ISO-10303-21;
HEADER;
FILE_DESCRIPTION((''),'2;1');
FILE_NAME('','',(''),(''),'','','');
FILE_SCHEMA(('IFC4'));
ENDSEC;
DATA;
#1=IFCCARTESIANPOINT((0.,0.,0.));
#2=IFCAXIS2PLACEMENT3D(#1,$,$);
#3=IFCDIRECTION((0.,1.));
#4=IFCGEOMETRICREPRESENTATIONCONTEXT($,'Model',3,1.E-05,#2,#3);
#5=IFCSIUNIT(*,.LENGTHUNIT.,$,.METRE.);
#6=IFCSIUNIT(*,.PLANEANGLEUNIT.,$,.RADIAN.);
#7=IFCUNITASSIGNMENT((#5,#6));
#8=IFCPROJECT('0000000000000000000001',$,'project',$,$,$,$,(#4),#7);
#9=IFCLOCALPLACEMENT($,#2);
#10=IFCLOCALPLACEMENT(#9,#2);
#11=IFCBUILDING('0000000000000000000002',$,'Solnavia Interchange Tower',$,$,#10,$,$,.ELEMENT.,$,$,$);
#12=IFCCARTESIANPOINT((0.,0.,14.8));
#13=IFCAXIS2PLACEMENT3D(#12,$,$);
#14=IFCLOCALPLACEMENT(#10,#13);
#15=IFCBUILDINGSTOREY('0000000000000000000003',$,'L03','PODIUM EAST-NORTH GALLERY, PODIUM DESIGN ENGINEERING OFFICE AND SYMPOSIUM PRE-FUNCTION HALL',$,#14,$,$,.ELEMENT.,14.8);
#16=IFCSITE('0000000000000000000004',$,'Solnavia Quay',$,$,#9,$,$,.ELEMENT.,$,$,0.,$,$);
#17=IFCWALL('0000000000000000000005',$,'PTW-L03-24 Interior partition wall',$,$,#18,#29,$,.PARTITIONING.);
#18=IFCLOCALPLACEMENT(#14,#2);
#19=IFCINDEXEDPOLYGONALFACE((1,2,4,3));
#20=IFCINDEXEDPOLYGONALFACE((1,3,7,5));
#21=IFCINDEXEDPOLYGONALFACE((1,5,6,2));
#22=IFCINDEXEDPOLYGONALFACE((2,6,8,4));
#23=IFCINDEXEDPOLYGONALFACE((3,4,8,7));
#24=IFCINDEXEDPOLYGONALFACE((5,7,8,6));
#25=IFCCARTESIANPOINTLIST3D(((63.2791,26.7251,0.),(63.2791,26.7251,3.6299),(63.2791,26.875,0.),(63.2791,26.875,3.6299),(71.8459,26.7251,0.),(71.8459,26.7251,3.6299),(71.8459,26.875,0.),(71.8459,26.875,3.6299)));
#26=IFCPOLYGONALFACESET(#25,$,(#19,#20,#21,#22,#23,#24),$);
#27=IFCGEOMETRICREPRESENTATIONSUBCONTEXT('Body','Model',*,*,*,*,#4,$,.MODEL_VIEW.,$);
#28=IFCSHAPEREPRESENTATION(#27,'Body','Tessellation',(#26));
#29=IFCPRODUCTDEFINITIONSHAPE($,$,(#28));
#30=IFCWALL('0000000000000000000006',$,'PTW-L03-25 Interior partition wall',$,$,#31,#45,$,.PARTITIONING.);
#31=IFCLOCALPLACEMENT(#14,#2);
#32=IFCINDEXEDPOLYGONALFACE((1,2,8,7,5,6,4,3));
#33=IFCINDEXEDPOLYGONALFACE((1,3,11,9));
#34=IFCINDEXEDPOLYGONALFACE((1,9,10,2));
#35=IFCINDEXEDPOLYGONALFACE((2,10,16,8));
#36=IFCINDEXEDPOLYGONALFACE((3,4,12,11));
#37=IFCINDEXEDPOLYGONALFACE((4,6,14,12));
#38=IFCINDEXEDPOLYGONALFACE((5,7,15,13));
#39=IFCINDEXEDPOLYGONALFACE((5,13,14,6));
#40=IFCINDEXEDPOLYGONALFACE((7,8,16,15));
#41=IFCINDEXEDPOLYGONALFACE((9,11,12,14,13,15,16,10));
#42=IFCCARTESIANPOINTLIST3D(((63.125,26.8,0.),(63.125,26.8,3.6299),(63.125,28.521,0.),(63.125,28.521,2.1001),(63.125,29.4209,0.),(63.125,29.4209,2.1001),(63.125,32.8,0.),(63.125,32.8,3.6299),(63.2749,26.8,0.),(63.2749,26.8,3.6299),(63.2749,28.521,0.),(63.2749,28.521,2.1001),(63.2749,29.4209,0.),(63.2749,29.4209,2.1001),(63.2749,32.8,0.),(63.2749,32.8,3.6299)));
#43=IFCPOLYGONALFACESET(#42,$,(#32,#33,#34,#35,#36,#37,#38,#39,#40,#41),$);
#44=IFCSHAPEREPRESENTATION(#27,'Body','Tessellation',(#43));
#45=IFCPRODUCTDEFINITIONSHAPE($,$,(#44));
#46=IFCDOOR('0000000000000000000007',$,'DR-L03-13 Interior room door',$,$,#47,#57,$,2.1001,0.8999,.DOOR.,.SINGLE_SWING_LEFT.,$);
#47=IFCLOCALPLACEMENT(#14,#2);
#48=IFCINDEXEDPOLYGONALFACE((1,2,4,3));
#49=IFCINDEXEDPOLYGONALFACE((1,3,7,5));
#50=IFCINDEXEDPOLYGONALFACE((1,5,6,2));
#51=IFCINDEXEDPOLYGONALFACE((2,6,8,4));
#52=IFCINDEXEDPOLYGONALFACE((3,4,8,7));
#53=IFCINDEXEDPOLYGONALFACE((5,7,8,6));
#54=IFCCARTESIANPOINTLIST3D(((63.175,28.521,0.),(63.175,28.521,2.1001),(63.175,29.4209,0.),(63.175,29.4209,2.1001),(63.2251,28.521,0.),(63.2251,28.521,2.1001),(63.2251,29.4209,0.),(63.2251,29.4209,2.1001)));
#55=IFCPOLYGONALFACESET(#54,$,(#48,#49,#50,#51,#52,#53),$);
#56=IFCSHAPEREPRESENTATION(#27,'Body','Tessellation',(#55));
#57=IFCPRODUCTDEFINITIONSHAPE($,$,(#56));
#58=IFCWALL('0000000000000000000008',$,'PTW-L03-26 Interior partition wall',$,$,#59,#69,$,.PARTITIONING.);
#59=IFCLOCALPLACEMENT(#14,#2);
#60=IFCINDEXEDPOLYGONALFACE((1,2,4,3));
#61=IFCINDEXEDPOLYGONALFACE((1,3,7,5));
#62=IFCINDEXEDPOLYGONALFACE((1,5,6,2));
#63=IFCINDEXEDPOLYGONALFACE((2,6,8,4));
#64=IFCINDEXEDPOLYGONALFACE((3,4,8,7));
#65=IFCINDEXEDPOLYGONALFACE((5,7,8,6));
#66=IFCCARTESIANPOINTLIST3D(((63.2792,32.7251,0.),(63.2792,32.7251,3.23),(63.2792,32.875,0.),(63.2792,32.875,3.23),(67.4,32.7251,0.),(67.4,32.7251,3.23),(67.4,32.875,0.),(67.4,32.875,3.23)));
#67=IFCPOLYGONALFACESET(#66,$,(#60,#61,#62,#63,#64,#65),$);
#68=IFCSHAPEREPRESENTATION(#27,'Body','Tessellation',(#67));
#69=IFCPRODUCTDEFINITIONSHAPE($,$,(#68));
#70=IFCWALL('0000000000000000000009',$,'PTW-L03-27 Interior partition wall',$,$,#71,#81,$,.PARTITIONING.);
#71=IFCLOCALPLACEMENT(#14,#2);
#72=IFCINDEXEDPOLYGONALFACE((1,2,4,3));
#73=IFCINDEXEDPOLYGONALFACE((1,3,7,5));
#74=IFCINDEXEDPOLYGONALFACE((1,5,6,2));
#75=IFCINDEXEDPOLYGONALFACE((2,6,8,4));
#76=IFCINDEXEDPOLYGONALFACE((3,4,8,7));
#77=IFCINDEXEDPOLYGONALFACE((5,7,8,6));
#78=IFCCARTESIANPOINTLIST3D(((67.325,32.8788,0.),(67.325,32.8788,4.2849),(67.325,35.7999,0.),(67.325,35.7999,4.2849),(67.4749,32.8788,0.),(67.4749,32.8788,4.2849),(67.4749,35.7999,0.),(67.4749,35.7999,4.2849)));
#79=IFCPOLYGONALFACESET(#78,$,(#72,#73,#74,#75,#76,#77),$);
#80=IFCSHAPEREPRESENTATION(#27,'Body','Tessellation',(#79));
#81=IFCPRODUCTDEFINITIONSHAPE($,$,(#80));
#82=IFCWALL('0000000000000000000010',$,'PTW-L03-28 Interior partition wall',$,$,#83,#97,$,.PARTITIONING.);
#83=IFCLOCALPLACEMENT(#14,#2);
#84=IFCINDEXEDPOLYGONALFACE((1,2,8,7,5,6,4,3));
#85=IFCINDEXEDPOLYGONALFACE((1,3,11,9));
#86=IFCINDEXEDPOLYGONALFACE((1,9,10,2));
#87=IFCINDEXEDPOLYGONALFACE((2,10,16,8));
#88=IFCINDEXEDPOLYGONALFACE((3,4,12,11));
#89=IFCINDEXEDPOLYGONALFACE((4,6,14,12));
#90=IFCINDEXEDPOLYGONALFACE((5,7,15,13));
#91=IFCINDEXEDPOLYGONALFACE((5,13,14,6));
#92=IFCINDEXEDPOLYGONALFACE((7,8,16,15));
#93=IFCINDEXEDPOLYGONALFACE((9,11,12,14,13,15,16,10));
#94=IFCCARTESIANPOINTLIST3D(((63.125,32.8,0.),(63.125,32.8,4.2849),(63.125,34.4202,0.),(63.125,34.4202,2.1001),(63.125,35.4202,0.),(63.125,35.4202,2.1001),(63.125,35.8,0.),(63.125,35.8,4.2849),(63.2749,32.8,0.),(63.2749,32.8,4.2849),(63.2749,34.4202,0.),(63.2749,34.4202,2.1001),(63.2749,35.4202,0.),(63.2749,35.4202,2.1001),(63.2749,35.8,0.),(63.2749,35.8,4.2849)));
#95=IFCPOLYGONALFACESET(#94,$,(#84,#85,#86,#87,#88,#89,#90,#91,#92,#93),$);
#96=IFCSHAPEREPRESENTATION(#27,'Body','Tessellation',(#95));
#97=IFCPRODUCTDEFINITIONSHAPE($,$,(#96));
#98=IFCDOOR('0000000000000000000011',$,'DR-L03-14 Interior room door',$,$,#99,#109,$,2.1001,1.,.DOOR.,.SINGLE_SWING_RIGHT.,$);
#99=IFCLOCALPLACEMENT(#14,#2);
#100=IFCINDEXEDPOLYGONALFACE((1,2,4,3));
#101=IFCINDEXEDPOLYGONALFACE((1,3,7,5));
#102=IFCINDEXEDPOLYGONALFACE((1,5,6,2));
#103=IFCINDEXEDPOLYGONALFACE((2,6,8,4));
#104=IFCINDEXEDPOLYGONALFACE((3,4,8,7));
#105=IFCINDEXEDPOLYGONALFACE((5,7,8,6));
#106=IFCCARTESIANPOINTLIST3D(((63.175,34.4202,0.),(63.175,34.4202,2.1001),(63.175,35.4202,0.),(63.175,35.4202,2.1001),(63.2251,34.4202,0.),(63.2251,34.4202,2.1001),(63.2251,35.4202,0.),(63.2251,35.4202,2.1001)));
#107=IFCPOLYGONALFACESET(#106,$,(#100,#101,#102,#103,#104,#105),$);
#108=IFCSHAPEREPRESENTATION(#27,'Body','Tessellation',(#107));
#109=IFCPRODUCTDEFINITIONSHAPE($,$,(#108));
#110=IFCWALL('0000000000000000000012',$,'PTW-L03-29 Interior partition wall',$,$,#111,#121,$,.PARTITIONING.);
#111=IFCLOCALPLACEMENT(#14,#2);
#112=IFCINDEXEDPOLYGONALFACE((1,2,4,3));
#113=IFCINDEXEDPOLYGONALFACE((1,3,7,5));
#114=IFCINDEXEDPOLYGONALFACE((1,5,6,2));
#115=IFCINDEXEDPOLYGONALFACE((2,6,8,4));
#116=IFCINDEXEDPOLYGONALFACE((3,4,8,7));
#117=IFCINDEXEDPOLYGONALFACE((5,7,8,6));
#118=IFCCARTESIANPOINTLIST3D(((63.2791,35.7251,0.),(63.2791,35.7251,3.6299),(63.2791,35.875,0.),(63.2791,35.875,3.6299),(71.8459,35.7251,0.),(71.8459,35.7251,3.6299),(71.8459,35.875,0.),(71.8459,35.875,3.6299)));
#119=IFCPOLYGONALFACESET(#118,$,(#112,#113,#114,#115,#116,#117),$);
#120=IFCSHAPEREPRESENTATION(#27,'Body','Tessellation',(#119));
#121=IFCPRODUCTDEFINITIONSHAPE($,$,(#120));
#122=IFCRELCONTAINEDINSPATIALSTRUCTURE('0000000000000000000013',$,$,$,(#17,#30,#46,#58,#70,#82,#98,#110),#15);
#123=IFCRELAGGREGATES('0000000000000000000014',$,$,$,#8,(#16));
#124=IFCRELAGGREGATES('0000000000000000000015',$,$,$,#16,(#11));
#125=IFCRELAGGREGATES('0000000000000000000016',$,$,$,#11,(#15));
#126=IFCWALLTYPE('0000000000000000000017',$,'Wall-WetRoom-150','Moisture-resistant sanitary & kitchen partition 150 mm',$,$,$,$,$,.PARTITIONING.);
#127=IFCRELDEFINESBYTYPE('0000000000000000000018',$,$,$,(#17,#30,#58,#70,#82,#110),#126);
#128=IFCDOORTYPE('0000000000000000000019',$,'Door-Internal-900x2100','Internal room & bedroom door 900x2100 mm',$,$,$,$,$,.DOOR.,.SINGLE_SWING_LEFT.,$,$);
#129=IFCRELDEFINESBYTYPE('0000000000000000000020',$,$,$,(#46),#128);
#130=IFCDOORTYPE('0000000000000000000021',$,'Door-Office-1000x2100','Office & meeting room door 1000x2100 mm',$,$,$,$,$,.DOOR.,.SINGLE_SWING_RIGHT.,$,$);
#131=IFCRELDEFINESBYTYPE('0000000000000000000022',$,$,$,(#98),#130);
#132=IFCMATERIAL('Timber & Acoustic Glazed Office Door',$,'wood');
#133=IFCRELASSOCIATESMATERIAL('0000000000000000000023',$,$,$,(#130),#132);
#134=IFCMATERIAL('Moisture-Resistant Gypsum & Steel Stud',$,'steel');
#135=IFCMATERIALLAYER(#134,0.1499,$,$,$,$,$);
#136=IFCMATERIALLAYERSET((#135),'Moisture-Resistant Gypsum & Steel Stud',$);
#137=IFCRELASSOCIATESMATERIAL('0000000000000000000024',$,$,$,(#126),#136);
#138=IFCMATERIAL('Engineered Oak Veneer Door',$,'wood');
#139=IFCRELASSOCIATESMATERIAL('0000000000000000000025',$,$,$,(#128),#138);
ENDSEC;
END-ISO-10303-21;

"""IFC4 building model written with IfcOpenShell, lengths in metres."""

from ifc_helpers import new_model, si_unit, direction, frame, frame_2d, origin, place, context, subcontext, project, spatial, rectangle, extrude, material, layer, layer_set, type_object, element, fill, save


model = new_model("IFC4")

# Units and contexts
model_context = context("Model", 3, precision=1e-05, world=origin(), true_north=direction((0.0, 1.0)))
body_context = subcontext(model_context, "Body", "Model", "MODEL_VIEW")
ifc_project = project(units=[si_unit("LENGTHUNIT", "METRE"), si_unit("PLANEANGLEUNIT", "RADIAN")], contexts=[model_context])

# Site, building, storey
site_placement = place(None, origin())
site = spatial("IfcSite", under=ifc_project, at=site_placement, Name="Solnavia Quay", CompositionType="ELEMENT", RefElevation=0.0)
building_placement = place(site_placement, origin())
building = spatial("IfcBuilding", under=site, at=building_placement, Name="Solnavia Interchange Tower", CompositionType="ELEMENT")
storey_placement = place(building_placement, frame((0.0, 0.0, 14.8)))
storey = spatial("IfcBuildingStorey", under=building, at=storey_placement, Name="L03", Description="PODIUM EAST-NORTH GALLERY, PODIUM DESIGN ENGINEERING OFFICE AND SYMPOSIUM PRE-FUNCTION HALL", CompositionType="ELEMENT", Elevation=14.8)

# Shared definitions
ifc_material_1 = material(Name="Timber & Acoustic Glazed Office Door", Category="wood")
door_type_1 = type_object("IfcDoorType", Name="Door-Office-1000x2100", Description="Office & meeting room door 1000x2100 mm", OperationType="SINGLE_SWING_RIGHT", PredefinedType="DOOR", material=ifc_material_1)

# Wall
ifc_material_2 = material(Name="Moisture-Resistant Gypsum & Steel Stud", Category="steel")
ifc_layer_1 = layer(ifc_material_2, 0.1499)
ifc_layer_set_1 = layer_set([ifc_layer_1], Name="Moisture-Resistant Gypsum & Steel Stud")
wall_type_1 = type_object("IfcWallType", Name="Wall-WetRoom-150", Description="Moisture-resistant sanitary & kitchen partition 150 mm", PredefinedType="PARTITIONING", material=ifc_layer_set_1)
wall_1_placement = place(storey_placement, frame((63.2791, 26.8, 0.0), z_axis=(0.0, 0.0, 1.0), x_axis=(1.0, 0.0, 0.0)))
element("IfcWall", 1, at=wall_1_placement, inside=storey, type_object=wall_type_1, Name="PTW-L03-24 Interior partition wall", PredefinedType="PARTITIONING", context=body_context, shape_type="SweptSolid", body=[
    extrude(rectangle(XDim=8.5669, YDim=0.1499, at=frame_2d((4.2834, 0.0))), origin(), (0.0, 0.0, 1.0), 3.6299),
])

# Wall, opening, door
wall_2_placement = place(storey_placement, frame((63.2, 26.8, 0.0), z_axis=(0.0, 0.0, 1.0), x_axis=(0.0, 1.0, 0.0)))
wall_2 = element("IfcWall", 2, at=wall_2_placement, inside=storey, type_object=wall_type_1, Name="PTW-L03-25 Interior partition wall", PredefinedType="PARTITIONING", context=body_context, shape_type="SweptSolid", body=[
    extrude(rectangle(XDim=6.0, YDim=0.1499, at=frame_2d((3.0, 0.0))), origin(), (0.0, 0.0, 1.0), 3.6299),
])
opening_1_placement = place(wall_2_placement, frame((1.7209, 0.0, 0.0)))
opening_1 = element("IfcOpeningElement", 3, at=opening_1_placement, cuts=wall_2, PredefinedType="OPENING", context=body_context, shape_type="SweptSolid", body=[
    extrude(rectangle(XDim=0.8999, YDim=2.1001, at=frame_2d((0.45, 1.05))), frame((0.0, 0.085, 0.0), z_axis=(0.0, -1.0, 0.0), x_axis=(1.0, 0.0, 0.0)), (0.0, 0.0, 1.0), 0.1699),
])
ifc_material_3 = material(Name="Engineered Oak Veneer Door", Category="wood")
door_type_2 = type_object("IfcDoorType", Name="Door-Internal-900x2100", Description="Internal room & bedroom door 900x2100 mm", OperationType="SINGLE_SWING_LEFT", PredefinedType="DOOR", material=ifc_material_3)
door_1_placement = place(opening_1_placement, origin())
door_1 = element("IfcDoor", 4, at=door_1_placement, inside=storey, type_object=door_type_2, Name="DR-L03-13 Interior room door", OperationType="SINGLE_SWING_LEFT", OverallHeight=2.1001, OverallWidth=0.8999, PredefinedType="DOOR", context=body_context, shape_type="SweptSolid", body=[
    extrude(rectangle(XDim=0.8999, YDim=2.1001, at=frame_2d((0.45, 1.05))), frame((0.0, 0.0249, 0.0), z_axis=(0.0, -1.0, 0.0), x_axis=(1.0, 0.0, 0.0)), (0.0, 0.0, 1.0), 0.05),
])
fill(opening_1, door_1)

# Walls
wall_3_placement = place(storey_placement, frame((63.2791, 32.8, 0.0), z_axis=(0.0, 0.0, 1.0), x_axis=(1.0, 0.0, 0.0)))
element("IfcWall", 5, at=wall_3_placement, inside=storey, type_object=wall_type_1, Name="PTW-L03-26 Interior partition wall", PredefinedType="PARTITIONING", context=body_context, shape_type="SweptSolid", body=[
    extrude(rectangle(XDim=4.1208, YDim=0.1499, at=frame_2d((2.0605, 0.0))), origin(), (0.0, 0.0, 1.0), 3.23),
])
wall_4_placement = place(storey_placement, frame((67.3999, 32.8789, 0.0), z_axis=(0.0, 0.0, 1.0), x_axis=(0.0, 1.0, 0.0)))
element("IfcWall", 6, at=wall_4_placement, inside=storey, type_object=wall_type_1, Name="PTW-L03-27 Interior partition wall", PredefinedType="PARTITIONING", context=body_context, shape_type="SweptSolid", body=[
    extrude(rectangle(XDim=2.9211, YDim=0.1499, at=frame_2d((1.4604, 0.0))), origin(), (0.0, 0.0, 1.0), 4.2849),
])

# Wall, opening, door
wall_5_placement = place(storey_placement, frame((63.2, 32.8, 0.0), z_axis=(0.0, 0.0, 1.0), x_axis=(0.0, 1.0, 0.0)))
wall_5 = element("IfcWall", 7, at=wall_5_placement, inside=storey, type_object=wall_type_1, Name="PTW-L03-28 Interior partition wall", PredefinedType="PARTITIONING", context=body_context, shape_type="SweptSolid", body=[
    extrude(rectangle(XDim=3.0, YDim=0.1499, at=frame_2d((1.5, 0.0))), origin(), (0.0, 0.0, 1.0), 4.2849),
])
opening_2_placement = place(wall_5_placement, frame((1.6201, 0.0, 0.0)))
opening_2 = element("IfcOpeningElement", 8, at=opening_2_placement, cuts=wall_5, PredefinedType="OPENING", context=body_context, shape_type="SweptSolid", body=[
    extrude(rectangle(XDim=1.0, YDim=2.1001, at=frame_2d((0.5, 1.05))), frame((0.0, 0.085, 0.0), z_axis=(0.0, -1.0, 0.0), x_axis=(1.0, 0.0, 0.0)), (0.0, 0.0, 1.0), 0.1699),
])
door_2_placement = place(opening_2_placement, origin())
door_2 = element("IfcDoor", 9, at=door_2_placement, inside=storey, type_object=door_type_1, Name="DR-L03-14 Interior room door", OperationType="SINGLE_SWING_RIGHT", OverallHeight=2.1001, OverallWidth=1.0, PredefinedType="DOOR", context=body_context, shape_type="SweptSolid", body=[
    extrude(rectangle(XDim=1.0, YDim=2.1001, at=frame_2d((0.5, 1.05))), frame((0.0, 0.0249, 0.0), z_axis=(0.0, -1.0, 0.0), x_axis=(1.0, 0.0, 0.0)), (0.0, 0.0, 1.0), 0.05),
])
fill(opening_2, door_2)

# Wall
wall_6_placement = place(storey_placement, frame((63.2791, 35.8, 0.0), z_axis=(0.0, 0.0, 1.0), x_axis=(1.0, 0.0, 0.0)))
element("IfcWall", 10, at=wall_6_placement, inside=storey, type_object=wall_type_1, Name="PTW-L03-29 Interior partition wall", PredefinedType="PARTITIONING", context=body_context, shape_type="SweptSolid", body=[
    extrude(rectangle(XDim=8.5669, YDim=0.1499, at=frame_2d((4.2834, 0.0))), origin(), (0.0, 0.0, 1.0), 3.6299),
])

save(model, "model.ifc")
